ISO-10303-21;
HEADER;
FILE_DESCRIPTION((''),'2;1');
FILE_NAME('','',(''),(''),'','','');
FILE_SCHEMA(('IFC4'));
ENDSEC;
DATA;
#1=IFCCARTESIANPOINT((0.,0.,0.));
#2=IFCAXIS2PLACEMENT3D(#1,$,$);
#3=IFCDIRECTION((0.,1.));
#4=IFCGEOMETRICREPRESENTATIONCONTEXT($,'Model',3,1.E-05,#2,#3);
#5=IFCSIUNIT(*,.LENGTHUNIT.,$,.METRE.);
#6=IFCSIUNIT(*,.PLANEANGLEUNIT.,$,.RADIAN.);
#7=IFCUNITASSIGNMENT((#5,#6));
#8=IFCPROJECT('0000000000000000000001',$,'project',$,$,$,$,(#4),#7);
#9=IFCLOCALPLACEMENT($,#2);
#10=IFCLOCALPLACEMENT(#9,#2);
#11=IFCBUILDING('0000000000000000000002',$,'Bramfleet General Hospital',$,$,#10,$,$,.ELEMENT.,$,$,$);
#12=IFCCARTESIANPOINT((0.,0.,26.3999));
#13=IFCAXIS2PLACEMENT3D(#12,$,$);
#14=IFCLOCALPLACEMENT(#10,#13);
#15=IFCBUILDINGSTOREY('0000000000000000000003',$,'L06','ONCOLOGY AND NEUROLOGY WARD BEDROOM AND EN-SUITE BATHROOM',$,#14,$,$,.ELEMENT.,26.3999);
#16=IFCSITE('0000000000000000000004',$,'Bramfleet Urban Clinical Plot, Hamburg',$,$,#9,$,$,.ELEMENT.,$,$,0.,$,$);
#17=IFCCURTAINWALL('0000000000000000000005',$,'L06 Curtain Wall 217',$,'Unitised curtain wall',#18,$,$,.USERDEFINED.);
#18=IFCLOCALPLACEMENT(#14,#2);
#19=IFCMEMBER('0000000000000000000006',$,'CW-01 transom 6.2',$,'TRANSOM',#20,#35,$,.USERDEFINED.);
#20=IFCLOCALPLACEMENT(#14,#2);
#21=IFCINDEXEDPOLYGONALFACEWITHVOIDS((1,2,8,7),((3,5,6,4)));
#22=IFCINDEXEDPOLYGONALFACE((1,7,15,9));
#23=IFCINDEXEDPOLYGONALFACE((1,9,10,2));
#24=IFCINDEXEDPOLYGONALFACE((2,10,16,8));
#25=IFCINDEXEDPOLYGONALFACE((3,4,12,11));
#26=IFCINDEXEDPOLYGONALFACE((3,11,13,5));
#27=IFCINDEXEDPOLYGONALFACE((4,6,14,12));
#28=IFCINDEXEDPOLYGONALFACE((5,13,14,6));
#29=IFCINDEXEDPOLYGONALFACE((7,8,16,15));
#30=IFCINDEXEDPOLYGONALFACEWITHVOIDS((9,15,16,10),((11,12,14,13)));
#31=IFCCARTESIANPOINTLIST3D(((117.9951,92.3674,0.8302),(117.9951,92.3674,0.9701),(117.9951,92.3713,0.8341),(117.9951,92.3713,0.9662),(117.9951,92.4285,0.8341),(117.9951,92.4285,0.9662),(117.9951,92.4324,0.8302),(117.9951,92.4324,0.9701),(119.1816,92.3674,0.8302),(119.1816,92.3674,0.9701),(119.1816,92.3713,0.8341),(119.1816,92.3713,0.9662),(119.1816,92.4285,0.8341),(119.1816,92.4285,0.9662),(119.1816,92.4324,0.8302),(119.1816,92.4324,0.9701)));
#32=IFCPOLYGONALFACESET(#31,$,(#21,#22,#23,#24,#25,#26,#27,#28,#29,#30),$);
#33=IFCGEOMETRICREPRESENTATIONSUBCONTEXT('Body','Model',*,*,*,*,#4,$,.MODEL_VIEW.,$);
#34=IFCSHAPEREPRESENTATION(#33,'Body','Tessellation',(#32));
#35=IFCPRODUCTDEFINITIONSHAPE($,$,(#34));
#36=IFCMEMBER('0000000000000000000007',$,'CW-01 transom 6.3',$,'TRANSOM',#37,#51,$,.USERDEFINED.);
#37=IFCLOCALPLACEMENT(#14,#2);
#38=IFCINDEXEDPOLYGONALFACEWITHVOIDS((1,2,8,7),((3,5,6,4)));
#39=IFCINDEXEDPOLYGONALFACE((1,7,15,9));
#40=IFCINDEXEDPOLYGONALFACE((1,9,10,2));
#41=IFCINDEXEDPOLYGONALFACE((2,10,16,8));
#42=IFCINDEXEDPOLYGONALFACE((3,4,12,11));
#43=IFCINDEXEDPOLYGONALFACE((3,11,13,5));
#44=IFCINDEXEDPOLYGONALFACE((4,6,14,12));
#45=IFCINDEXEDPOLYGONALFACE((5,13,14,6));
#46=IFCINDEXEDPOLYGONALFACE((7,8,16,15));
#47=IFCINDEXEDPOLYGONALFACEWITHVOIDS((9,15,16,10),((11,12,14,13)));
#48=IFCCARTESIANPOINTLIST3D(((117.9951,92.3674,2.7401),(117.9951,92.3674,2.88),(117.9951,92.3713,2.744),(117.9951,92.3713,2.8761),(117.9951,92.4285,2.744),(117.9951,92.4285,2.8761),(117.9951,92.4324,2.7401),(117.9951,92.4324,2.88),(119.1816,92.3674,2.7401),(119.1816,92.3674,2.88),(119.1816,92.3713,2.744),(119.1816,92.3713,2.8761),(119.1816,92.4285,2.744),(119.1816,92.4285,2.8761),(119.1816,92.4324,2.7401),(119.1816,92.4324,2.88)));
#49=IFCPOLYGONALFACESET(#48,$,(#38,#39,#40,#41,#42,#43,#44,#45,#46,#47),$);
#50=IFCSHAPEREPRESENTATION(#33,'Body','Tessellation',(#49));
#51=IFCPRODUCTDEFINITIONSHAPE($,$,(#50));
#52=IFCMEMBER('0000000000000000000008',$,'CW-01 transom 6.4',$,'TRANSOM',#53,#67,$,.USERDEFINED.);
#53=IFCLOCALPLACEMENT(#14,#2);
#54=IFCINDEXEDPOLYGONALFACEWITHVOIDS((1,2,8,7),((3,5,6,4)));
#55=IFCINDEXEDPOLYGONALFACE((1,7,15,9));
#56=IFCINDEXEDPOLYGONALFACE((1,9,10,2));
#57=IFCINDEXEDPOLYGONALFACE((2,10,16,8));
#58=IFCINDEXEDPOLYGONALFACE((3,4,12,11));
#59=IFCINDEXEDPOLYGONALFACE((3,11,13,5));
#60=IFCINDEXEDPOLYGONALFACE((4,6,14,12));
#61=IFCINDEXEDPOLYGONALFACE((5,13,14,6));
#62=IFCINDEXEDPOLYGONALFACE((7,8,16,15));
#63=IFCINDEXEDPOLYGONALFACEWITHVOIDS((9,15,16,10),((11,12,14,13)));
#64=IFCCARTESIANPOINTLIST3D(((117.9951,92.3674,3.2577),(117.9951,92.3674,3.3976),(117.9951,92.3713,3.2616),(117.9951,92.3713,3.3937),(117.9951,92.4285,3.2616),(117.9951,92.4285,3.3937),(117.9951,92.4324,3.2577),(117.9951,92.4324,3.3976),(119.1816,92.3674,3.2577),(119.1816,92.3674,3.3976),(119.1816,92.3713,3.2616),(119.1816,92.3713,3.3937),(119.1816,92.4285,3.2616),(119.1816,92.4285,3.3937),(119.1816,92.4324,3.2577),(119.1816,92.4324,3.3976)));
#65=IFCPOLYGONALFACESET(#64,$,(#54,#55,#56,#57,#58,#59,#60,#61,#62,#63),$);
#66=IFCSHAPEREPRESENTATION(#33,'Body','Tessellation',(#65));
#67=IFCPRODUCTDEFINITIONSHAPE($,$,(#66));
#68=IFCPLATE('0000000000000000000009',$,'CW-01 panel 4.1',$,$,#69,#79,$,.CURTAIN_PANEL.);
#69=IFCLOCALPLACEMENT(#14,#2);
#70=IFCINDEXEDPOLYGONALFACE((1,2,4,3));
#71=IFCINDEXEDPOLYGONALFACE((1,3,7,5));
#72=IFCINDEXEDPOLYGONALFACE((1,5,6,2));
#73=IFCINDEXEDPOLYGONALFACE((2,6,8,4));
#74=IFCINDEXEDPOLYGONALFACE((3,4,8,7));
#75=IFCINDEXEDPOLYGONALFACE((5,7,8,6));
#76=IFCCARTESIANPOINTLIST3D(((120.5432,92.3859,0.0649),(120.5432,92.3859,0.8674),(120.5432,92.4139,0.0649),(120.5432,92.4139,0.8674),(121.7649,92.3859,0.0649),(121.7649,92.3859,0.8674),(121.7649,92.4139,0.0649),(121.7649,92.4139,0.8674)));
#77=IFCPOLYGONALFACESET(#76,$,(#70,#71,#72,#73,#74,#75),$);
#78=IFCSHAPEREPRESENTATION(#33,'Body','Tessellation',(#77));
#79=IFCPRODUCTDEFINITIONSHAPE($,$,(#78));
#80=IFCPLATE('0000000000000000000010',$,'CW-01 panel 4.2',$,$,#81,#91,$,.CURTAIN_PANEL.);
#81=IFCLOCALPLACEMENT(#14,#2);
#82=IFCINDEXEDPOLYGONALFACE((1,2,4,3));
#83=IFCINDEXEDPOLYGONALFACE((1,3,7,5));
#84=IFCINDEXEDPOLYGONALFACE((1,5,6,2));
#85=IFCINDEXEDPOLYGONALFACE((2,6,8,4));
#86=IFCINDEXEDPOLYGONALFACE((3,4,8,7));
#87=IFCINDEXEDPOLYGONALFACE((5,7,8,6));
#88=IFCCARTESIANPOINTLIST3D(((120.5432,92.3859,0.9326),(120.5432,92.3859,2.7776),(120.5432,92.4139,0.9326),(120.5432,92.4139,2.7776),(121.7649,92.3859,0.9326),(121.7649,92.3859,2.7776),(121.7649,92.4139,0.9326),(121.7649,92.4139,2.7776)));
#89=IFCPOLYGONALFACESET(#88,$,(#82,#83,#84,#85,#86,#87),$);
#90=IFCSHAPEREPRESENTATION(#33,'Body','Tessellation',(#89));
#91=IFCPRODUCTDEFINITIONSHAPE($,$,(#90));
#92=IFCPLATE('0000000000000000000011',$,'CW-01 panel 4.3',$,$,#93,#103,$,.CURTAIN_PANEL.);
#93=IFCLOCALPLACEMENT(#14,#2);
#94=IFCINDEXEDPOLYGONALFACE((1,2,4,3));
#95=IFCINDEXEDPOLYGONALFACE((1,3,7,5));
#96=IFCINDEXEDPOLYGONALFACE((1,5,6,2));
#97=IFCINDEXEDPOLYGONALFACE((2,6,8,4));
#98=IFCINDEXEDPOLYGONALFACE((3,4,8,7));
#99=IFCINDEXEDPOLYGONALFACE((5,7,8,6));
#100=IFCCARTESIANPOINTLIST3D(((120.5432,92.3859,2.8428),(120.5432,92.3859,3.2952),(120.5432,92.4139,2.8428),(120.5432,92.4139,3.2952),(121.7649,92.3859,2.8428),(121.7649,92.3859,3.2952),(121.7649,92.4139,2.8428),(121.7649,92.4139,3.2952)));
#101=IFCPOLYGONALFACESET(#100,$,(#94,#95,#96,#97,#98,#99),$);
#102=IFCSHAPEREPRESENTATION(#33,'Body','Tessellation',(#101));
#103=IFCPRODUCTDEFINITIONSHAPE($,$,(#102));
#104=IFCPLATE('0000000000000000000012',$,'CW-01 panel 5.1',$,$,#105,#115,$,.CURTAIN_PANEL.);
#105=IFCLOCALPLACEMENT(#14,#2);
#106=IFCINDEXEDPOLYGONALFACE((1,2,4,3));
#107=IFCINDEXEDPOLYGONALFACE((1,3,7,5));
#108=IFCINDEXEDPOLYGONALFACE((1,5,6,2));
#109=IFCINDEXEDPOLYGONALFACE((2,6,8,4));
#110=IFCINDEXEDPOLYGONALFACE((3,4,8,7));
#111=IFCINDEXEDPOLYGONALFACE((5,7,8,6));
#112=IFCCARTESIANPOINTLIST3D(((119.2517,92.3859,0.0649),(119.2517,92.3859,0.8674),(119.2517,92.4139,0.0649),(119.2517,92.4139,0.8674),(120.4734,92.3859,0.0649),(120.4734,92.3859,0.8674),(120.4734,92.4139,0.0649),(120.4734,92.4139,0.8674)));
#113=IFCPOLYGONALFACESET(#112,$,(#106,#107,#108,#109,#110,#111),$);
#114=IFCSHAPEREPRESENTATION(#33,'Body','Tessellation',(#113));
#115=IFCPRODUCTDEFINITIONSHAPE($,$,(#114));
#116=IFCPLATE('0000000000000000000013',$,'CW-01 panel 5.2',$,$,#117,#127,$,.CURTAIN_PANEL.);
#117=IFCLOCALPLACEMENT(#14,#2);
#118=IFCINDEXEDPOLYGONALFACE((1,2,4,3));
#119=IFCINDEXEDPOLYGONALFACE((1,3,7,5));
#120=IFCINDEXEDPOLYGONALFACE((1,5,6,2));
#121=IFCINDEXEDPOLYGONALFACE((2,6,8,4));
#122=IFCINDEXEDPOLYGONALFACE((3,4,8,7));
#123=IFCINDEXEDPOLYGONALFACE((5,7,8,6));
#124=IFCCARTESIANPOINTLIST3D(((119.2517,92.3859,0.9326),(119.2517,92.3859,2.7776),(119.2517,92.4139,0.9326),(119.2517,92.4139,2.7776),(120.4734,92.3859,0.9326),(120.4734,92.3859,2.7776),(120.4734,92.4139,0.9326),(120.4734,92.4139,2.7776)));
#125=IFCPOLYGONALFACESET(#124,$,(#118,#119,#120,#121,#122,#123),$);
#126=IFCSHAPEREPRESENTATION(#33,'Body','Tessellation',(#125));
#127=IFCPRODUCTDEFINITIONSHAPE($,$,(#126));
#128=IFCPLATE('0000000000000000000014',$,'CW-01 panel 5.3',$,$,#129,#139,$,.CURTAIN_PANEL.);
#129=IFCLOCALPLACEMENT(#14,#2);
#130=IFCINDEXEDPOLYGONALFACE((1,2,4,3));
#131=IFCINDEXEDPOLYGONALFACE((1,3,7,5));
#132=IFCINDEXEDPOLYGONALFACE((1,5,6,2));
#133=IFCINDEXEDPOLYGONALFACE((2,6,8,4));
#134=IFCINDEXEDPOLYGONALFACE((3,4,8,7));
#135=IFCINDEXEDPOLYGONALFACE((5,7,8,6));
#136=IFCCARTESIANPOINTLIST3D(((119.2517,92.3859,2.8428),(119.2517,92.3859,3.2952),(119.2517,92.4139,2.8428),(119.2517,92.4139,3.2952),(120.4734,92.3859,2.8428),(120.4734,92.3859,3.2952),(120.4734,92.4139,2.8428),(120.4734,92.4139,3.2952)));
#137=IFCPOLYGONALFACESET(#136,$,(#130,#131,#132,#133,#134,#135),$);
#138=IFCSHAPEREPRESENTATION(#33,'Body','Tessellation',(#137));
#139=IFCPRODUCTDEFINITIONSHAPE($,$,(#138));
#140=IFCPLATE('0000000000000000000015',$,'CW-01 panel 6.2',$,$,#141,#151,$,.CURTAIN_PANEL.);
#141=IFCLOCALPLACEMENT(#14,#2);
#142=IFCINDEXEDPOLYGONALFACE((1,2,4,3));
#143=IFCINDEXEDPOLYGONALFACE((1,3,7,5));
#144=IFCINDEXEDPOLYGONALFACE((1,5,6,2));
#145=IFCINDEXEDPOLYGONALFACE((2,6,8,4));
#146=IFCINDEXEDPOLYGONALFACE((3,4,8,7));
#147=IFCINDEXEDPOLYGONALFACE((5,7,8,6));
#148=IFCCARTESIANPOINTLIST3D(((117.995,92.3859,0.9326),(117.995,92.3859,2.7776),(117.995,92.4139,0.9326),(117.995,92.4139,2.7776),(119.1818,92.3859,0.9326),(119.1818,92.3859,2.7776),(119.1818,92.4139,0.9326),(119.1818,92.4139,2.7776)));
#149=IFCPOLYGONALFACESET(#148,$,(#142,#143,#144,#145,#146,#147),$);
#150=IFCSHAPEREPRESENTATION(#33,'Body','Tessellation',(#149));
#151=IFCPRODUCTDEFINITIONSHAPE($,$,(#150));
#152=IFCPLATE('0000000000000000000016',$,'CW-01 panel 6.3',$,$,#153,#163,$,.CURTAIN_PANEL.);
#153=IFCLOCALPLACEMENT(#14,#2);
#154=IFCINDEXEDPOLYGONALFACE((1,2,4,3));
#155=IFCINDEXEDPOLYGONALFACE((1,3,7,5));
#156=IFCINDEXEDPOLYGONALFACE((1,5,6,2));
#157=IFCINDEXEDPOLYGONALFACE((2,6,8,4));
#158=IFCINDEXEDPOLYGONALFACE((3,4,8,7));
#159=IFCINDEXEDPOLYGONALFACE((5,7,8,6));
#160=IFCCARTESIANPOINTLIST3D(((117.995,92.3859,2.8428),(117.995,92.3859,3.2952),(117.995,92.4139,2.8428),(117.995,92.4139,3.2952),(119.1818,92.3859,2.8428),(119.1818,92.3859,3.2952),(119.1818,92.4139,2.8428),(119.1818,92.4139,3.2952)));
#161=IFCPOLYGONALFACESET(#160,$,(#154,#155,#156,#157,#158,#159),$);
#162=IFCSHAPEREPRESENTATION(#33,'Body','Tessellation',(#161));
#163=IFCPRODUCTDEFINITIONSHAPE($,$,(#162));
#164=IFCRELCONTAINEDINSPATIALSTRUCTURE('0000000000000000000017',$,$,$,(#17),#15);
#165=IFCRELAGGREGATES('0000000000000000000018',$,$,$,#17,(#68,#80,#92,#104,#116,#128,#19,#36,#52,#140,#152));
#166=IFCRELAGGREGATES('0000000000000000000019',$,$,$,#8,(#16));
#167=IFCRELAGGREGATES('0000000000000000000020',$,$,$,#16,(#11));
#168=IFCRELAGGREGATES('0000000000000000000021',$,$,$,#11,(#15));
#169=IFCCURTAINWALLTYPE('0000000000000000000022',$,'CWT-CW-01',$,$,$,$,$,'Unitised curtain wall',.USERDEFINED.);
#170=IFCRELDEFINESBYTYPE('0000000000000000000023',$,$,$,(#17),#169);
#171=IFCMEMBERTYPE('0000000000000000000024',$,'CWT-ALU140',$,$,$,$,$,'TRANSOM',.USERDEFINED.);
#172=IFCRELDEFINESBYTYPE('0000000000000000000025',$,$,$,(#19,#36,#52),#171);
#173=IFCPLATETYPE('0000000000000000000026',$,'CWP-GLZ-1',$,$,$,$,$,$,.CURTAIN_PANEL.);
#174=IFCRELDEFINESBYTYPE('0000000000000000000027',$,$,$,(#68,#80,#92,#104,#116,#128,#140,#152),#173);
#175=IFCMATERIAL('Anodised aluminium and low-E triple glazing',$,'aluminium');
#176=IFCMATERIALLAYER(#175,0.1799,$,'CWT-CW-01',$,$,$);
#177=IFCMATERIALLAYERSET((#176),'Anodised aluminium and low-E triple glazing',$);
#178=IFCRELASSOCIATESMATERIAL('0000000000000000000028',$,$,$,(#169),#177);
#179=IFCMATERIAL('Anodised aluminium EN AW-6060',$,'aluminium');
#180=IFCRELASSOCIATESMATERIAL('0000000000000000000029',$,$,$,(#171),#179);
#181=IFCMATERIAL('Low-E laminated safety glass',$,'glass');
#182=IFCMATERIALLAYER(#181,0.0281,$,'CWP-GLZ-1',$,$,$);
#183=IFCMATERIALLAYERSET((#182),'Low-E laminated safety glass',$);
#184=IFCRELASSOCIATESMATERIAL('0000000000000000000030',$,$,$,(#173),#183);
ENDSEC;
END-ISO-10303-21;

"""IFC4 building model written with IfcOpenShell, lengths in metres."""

from ifc_helpers import new_model, si_unit, direction, frame, origin, origin_2d, place, context, subcontext, project, spatial, rectangle, hollow_rectangle, extrude, material, layer, layer_set, material_profile, profile_set, type_object, element, aggregate, save


model = new_model("IFC4")

# Units and contexts
model_context = context("Model", 3, precision=1e-05, world=origin(), true_north=direction((0.0, 1.0)))
body_context = subcontext(model_context, "Body", "Model", "MODEL_VIEW")
ifc_project = project(units=[si_unit("LENGTHUNIT", "METRE"), si_unit("PLANEANGLEUNIT", "RADIAN")], contexts=[model_context])

# Site, building, storey
site_placement = place(None, origin())
site = spatial("IfcSite", under=ifc_project, at=site_placement, Name="Bramfleet Urban Clinical Plot, Hamburg", CompositionType="ELEMENT", RefElevation=0.0)
building_placement = place(site_placement, origin())
building = spatial("IfcBuilding", under=site, at=building_placement, Name="Bramfleet General Hospital", CompositionType="ELEMENT")
storey_placement = place(building_placement, frame((0.0, 0.0, 26.3999)))
storey = spatial("IfcBuildingStorey", under=building, at=storey_placement, Name="L06", Description="ONCOLOGY AND NEUROLOGY WARD BEDROOM AND EN-SUITE BATHROOM", CompositionType="ELEMENT", Elevation=26.3999)

# Curtain wall, members, plates
ifc_material_1 = material(Name="Anodised aluminium and low-E triple glazing", Category="aluminium")
ifc_layer_1 = layer(ifc_material_1, 0.1799, Name="CWT-CW-01")
ifc_layer_set_1 = layer_set([ifc_layer_1], Name="Anodised aluminium and low-E triple glazing")
curtain_wall_type = type_object("IfcCurtainWallType", Name="CWT-CW-01", ElementType="Unitised curtain wall", PredefinedType="USERDEFINED", material=ifc_layer_set_1)
curtain_wall_placement = place(storey_placement, origin())
curtain_wall = element("IfcCurtainWall", 1, at=curtain_wall_placement, inside=storey, type_object=curtain_wall_type, Name="L06 Curtain Wall 217", ObjectType="Unitised curtain wall", PredefinedType="USERDEFINED")
ifc_material_2 = material(Name="Anodised aluminium EN AW-6060", Category="aluminium")
ifc_material_profile_1 = material_profile(ifc_material_2, hollow_rectangle(XDim=0.0649, YDim=0.1399, WallThickness=0.0039, at=origin_2d()), Name="ALU 140x65x4.0")
ifc_profile_set_1 = profile_set([ifc_material_profile_1], Name="Anodised aluminium EN AW-6060")
member_type_1 = type_object("IfcMemberType", Name="CWT-ALU140", ElementType="TRANSOM", PredefinedType="USERDEFINED", material=ifc_profile_set_1)
member_1_placement = place(storey_placement, frame((119.1816, 92.3999, 0.9001), z_axis=(-1.0, 0.0, 0.0), x_axis=(0.0, -1.0, 0.0)))
member_1 = element("IfcMember", 2, at=member_1_placement, type_object=member_type_1, Name="CW-01 transom 6.2", ObjectType="TRANSOM", PredefinedType="USERDEFINED", context=body_context, shape_type="SweptSolid", body=[
    extrude(hollow_rectangle(XDim=0.0649, YDim=0.1399, WallThickness=0.0039, at=origin_2d()), origin(), (0.0, 0.0, 1.0), 1.1865),
])
member_2_placement = place(storey_placement, frame((119.1816, 92.3999, 2.8101), z_axis=(-1.0, 0.0, 0.0), x_axis=(0.0, -1.0, 0.0)))
member_2 = element("IfcMember", 3, at=member_2_placement, type_object=member_type_1, Name="CW-01 transom 6.3", ObjectType="TRANSOM", PredefinedType="USERDEFINED", context=body_context, shape_type="SweptSolid", body=[
    extrude(hollow_rectangle(XDim=0.0649, YDim=0.1399, WallThickness=0.0039, at=origin_2d()), origin(), (0.0, 0.0, 1.0), 1.1865),
])
member_3_placement = place(storey_placement, frame((119.1816, 92.3999, 3.3276), z_axis=(-1.0, 0.0, 0.0), x_axis=(0.0, -1.0, 0.0)))
member_3 = element("IfcMember", 4, at=member_3_placement, type_object=member_type_1, Name="CW-01 transom 6.4", ObjectType="TRANSOM", PredefinedType="USERDEFINED", context=body_context, shape_type="SweptSolid", body=[
    extrude(hollow_rectangle(XDim=0.0649, YDim=0.1399, WallThickness=0.0039, at=origin_2d()), origin(), (0.0, 0.0, 1.0), 1.1865),
])
ifc_material_3 = material(Name="Low-E laminated safety glass", Category="glass")
ifc_layer_2 = layer(ifc_material_3, 0.0281, Name="CWP-GLZ-1")
ifc_layer_set_2 = layer_set([ifc_layer_2], Name="Low-E laminated safety glass")
plate_type = type_object("IfcPlateType", Name="CWP-GLZ-1", PredefinedType="CURTAIN_PANEL", material=ifc_layer_set_2)
plate_1_placement = place(storey_placement, frame((121.1541, 92.3999, 0.0649), z_axis=(0.0, 0.0, 1.0), x_axis=(-1.0, 0.0, 0.0)))
plate_1 = element("IfcPlate", 5, at=plate_1_placement, type_object=plate_type, Name="CW-01 panel 4.1", PredefinedType="CURTAIN_PANEL", context=body_context, shape_type="SweptSolid", body=[
    extrude(rectangle(XDim=1.2217, YDim=0.0281, at=origin_2d()), origin(), (0.0, 0.0, 1.0), 0.8025),
])
plate_2_placement = place(storey_placement, frame((121.1541, 92.3999, 0.9326), z_axis=(0.0, 0.0, 1.0), x_axis=(-1.0, 0.0, 0.0)))
plate_2 = element("IfcPlate", 6, at=plate_2_placement, type_object=plate_type, Name="CW-01 panel 4.2", PredefinedType="CURTAIN_PANEL", context=body_context, shape_type="SweptSolid", body=[
    extrude(rectangle(XDim=1.2217, YDim=0.0281, at=origin_2d()), origin(), (0.0, 0.0, 1.0), 1.845),
])
plate_3_placement = place(storey_placement, frame((121.1541, 92.3999, 2.8428), z_axis=(0.0, 0.0, 1.0), x_axis=(-1.0, 0.0, 0.0)))
plate_3 = element("IfcPlate", 7, at=plate_3_placement, type_object=plate_type, Name="CW-01 panel 4.3", PredefinedType="CURTAIN_PANEL", context=body_context, shape_type="SweptSolid", body=[
    extrude(rectangle(XDim=1.2217, YDim=0.0281, at=origin_2d()), origin(), (0.0, 0.0, 1.0), 0.4524),
])
plate_4_placement = place(storey_placement, frame((119.8625, 92.3999, 0.0649), z_axis=(0.0, 0.0, 1.0), x_axis=(-1.0, 0.0, 0.0)))
plate_4 = element("IfcPlate", 8, at=plate_4_placement, type_object=plate_type, Name="CW-01 panel 5.1", PredefinedType="CURTAIN_PANEL", context=body_context, shape_type="SweptSolid", body=[
    extrude(rectangle(XDim=1.2217, YDim=0.0281, at=origin_2d()), origin(), (0.0, 0.0, 1.0), 0.8025),
])
plate_5_placement = place(storey_placement, frame((119.8625, 92.3999, 0.9326), z_axis=(0.0, 0.0, 1.0), x_axis=(-1.0, 0.0, 0.0)))
plate_5 = element("IfcPlate", 9, at=plate_5_placement, type_object=plate_type, Name="CW-01 panel 5.2", PredefinedType="CURTAIN_PANEL", context=body_context, shape_type="SweptSolid", body=[
    extrude(rectangle(XDim=1.2217, YDim=0.0281, at=origin_2d()), origin(), (0.0, 0.0, 1.0), 1.845),
])
plate_6_placement = place(storey_placement, frame((119.8625, 92.3999, 2.8428), z_axis=(0.0, 0.0, 1.0), x_axis=(-1.0, 0.0, 0.0)))
plate_6 = element("IfcPlate", 10, at=plate_6_placement, type_object=plate_type, Name="CW-01 panel 5.3", PredefinedType="CURTAIN_PANEL", context=body_context, shape_type="SweptSolid", body=[
    extrude(rectangle(XDim=1.2217, YDim=0.0281, at=origin_2d()), origin(), (0.0, 0.0, 1.0), 0.4524),
])
plate_7_placement = place(storey_placement, frame((118.5884, 92.3999, 0.9326), z_axis=(0.0, 0.0, 1.0), x_axis=(-1.0, 0.0, 0.0)))
plate_7 = element("IfcPlate", 11, at=plate_7_placement, type_object=plate_type, Name="CW-01 panel 6.2", PredefinedType="CURTAIN_PANEL", context=body_context, shape_type="SweptSolid", body=[
    extrude(rectangle(XDim=1.1868, YDim=0.0281, at=origin_2d()), origin(), (0.0, 0.0, 1.0), 1.845),
])
plate_8_placement = place(storey_placement, frame((118.5884, 92.3999, 2.8428), z_axis=(0.0, 0.0, 1.0), x_axis=(-1.0, 0.0, 0.0)))
plate_8 = element("IfcPlate", 12, at=plate_8_placement, type_object=plate_type, Name="CW-01 panel 6.3", PredefinedType="CURTAIN_PANEL", context=body_context, shape_type="SweptSolid", body=[
    extrude(rectangle(XDim=1.1868, YDim=0.0281, at=origin_2d()), origin(), (0.0, 0.0, 1.0), 0.4524),
])
aggregate(curtain_wall, [plate_1, plate_2, plate_3, plate_4, plate_5, plate_6, member_1, member_2, member_3, plate_7, plate_8])

save(model, "model.ifc")
